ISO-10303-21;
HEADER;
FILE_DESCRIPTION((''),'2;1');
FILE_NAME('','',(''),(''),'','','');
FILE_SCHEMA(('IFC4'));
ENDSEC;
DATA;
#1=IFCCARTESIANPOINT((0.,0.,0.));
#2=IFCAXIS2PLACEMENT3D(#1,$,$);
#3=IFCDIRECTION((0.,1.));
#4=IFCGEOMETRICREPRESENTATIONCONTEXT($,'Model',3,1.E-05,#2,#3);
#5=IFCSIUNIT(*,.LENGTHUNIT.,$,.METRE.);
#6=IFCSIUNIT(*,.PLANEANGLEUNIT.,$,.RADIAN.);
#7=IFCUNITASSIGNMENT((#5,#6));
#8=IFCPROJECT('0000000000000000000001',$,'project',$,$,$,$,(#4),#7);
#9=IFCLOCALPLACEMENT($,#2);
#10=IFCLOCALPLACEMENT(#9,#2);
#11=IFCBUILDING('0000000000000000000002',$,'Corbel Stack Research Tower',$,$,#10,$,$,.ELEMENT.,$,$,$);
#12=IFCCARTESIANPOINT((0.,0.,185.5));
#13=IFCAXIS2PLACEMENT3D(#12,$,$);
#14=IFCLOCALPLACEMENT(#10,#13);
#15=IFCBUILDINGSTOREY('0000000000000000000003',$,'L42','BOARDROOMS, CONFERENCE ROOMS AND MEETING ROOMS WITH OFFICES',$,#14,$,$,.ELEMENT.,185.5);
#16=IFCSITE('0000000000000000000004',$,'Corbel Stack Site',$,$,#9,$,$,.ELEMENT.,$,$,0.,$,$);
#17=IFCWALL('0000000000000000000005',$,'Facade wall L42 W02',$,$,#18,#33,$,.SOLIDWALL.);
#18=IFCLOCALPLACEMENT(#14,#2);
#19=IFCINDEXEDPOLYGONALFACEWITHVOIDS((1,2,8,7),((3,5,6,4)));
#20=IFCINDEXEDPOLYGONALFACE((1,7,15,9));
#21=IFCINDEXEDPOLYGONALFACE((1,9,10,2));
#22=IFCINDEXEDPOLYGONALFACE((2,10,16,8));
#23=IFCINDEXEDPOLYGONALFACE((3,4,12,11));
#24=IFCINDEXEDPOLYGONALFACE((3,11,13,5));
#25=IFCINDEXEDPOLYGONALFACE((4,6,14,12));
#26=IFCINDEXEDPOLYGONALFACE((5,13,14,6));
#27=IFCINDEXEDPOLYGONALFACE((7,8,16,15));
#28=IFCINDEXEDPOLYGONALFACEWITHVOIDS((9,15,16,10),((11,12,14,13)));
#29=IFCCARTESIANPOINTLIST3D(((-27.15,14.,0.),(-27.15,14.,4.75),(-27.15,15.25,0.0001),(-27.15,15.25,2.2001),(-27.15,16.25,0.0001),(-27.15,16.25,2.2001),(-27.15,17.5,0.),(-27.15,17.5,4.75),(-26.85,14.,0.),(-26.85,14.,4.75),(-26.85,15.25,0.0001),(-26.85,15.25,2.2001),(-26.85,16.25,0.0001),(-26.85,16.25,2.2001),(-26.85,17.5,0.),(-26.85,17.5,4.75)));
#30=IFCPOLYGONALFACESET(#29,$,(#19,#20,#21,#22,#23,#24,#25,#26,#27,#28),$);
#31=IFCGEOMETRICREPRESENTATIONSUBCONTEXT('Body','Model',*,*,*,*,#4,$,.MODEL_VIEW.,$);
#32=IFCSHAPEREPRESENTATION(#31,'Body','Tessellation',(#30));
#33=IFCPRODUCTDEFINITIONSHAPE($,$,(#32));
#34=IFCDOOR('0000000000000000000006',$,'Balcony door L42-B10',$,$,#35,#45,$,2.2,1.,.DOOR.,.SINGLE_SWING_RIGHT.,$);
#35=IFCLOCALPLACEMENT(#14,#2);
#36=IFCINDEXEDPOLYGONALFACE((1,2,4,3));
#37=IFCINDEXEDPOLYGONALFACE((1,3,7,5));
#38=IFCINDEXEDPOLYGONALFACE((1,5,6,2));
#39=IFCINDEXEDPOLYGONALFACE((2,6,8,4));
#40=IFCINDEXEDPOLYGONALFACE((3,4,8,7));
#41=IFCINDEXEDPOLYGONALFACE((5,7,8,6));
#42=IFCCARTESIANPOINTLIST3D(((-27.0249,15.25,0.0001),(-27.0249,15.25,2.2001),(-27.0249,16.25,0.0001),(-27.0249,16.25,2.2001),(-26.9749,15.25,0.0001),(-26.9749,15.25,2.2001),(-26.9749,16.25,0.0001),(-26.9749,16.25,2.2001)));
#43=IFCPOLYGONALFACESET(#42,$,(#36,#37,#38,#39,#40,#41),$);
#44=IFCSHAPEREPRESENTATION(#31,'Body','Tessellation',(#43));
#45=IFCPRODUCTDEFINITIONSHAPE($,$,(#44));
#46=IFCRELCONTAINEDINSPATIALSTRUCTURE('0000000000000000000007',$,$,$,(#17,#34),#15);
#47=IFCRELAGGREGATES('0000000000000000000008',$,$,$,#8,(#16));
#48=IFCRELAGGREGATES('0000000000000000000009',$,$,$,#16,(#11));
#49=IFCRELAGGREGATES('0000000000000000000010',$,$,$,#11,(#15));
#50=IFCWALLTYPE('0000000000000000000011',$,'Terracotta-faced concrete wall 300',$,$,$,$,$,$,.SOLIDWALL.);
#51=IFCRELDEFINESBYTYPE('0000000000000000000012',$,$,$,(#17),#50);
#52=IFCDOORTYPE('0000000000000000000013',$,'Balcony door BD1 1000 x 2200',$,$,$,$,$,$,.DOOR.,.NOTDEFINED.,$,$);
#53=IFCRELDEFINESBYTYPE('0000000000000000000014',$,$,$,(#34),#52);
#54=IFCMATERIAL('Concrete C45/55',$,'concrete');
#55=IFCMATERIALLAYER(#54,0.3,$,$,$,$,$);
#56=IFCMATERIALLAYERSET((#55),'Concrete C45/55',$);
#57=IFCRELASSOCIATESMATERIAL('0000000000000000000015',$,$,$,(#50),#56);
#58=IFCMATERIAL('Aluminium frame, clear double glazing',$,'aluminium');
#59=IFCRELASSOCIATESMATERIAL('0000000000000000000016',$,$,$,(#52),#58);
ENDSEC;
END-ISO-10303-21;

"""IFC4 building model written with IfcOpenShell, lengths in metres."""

from ifc_helpers import new_model, si_unit, direction, frame, frame_2d, origin, place, context, subcontext, project, spatial, rectangle, extrude, material, layer, layer_set, type_object, element, fill, save


model = new_model("IFC4")

# Units and contexts
model_context = context("Model", 3, precision=1e-05, world=origin(), true_north=direction((0.0, 1.0)))
body_context = subcontext(model_context, "Body", "Model", "MODEL_VIEW")
ifc_project = project(units=[si_unit("LENGTHUNIT", "METRE"), si_unit("PLANEANGLEUNIT", "RADIAN")], contexts=[model_context])

# Site, building, storey
site_placement = place(None, origin())
site = spatial("IfcSite", under=ifc_project, at=site_placement, Name="Corbel Stack Site", CompositionType="ELEMENT", RefElevation=0.0)
building_placement = place(site_placement, origin())
building = spatial("IfcBuilding", under=site, at=building_placement, Name="Corbel Stack Research Tower", CompositionType="ELEMENT")
storey_placement = place(building_placement, frame((0.0, 0.0, 185.5)))
storey = spatial("IfcBuildingStorey", under=building, at=storey_placement, Name="L42", Description="BOARDROOMS, CONFERENCE ROOMS AND MEETING ROOMS WITH OFFICES", CompositionType="ELEMENT", Elevation=185.5)

# Wall, opening, door
ifc_material_1 = material(Name="Concrete C45/55", Category="concrete")
ifc_layer_1 = layer(ifc_material_1, 0.3)
ifc_layer_set_1 = layer_set([ifc_layer_1], Name="Concrete C45/55")
wall_type_1 = type_object("IfcWallType", Name="Terracotta-faced concrete wall 300", PredefinedType="SOLIDWALL", material=ifc_layer_set_1)
wall_1_placement = place(storey_placement, frame((-27.0, 14.0, 0.0), z_axis=(0.0, 0.0, 1.0), x_axis=(0.0, 1.0, 0.0)))
wall_1 = element("IfcWall", 1, at=wall_1_placement, inside=storey, type_object=wall_type_1, Name="Facade wall L42 W02", PredefinedType="SOLIDWALL", context=body_context, shape_type="SweptSolid", body=[
    extrude(rectangle(XDim=3.5, YDim=0.3, at=frame_2d((1.75, 0.0))), origin(), (0.0, 0.0, 1.0), 4.75),
])
opening_1_placement = place(wall_1_placement, frame((1.25, 0.0, 0.0)))
opening_1 = element("IfcOpeningElement", 2, at=opening_1_placement, cuts=wall_1, PredefinedType="OPENING", context=body_context, shape_type="SweptSolid", body=[
    extrude(rectangle(XDim=1.0, YDim=2.2, at=frame_2d((0.5, 1.1001))), frame((0.0, 0.1599, 0.0), z_axis=(0.0, -1.0, 0.0), x_axis=(1.0, 0.0, 0.0)), (0.0, 0.0, 1.0), 0.3201),
])
ifc_material_2 = material(Name="Aluminium frame, clear double glazing", Category="aluminium")
door_type_1 = type_object("IfcDoorType", Name="Balcony door BD1 1000 x 2200", OperationType="NOTDEFINED", PredefinedType="DOOR", material=ifc_material_2)
door_1_placement = place(opening_1_placement, origin())
door_1 = element("IfcDoor", 3, at=door_1_placement, inside=storey, type_object=door_type_1, Name="Balcony door L42-B10", OperationType="SINGLE_SWING_RIGHT", OverallHeight=2.2, OverallWidth=1.0, PredefinedType="DOOR", context=body_context, shape_type="SweptSolid", body=[
    extrude(rectangle(XDim=1.0, YDim=2.2, at=frame_2d((0.5, 1.1001))), frame((0.0, 0.0249, 0.0), z_axis=(0.0, -1.0, 0.0), x_axis=(1.0, 0.0, 0.0)), (0.0, 0.0, 1.0), 0.05),
])
fill(opening_1, door_1)

save(model, "model.ifc")
